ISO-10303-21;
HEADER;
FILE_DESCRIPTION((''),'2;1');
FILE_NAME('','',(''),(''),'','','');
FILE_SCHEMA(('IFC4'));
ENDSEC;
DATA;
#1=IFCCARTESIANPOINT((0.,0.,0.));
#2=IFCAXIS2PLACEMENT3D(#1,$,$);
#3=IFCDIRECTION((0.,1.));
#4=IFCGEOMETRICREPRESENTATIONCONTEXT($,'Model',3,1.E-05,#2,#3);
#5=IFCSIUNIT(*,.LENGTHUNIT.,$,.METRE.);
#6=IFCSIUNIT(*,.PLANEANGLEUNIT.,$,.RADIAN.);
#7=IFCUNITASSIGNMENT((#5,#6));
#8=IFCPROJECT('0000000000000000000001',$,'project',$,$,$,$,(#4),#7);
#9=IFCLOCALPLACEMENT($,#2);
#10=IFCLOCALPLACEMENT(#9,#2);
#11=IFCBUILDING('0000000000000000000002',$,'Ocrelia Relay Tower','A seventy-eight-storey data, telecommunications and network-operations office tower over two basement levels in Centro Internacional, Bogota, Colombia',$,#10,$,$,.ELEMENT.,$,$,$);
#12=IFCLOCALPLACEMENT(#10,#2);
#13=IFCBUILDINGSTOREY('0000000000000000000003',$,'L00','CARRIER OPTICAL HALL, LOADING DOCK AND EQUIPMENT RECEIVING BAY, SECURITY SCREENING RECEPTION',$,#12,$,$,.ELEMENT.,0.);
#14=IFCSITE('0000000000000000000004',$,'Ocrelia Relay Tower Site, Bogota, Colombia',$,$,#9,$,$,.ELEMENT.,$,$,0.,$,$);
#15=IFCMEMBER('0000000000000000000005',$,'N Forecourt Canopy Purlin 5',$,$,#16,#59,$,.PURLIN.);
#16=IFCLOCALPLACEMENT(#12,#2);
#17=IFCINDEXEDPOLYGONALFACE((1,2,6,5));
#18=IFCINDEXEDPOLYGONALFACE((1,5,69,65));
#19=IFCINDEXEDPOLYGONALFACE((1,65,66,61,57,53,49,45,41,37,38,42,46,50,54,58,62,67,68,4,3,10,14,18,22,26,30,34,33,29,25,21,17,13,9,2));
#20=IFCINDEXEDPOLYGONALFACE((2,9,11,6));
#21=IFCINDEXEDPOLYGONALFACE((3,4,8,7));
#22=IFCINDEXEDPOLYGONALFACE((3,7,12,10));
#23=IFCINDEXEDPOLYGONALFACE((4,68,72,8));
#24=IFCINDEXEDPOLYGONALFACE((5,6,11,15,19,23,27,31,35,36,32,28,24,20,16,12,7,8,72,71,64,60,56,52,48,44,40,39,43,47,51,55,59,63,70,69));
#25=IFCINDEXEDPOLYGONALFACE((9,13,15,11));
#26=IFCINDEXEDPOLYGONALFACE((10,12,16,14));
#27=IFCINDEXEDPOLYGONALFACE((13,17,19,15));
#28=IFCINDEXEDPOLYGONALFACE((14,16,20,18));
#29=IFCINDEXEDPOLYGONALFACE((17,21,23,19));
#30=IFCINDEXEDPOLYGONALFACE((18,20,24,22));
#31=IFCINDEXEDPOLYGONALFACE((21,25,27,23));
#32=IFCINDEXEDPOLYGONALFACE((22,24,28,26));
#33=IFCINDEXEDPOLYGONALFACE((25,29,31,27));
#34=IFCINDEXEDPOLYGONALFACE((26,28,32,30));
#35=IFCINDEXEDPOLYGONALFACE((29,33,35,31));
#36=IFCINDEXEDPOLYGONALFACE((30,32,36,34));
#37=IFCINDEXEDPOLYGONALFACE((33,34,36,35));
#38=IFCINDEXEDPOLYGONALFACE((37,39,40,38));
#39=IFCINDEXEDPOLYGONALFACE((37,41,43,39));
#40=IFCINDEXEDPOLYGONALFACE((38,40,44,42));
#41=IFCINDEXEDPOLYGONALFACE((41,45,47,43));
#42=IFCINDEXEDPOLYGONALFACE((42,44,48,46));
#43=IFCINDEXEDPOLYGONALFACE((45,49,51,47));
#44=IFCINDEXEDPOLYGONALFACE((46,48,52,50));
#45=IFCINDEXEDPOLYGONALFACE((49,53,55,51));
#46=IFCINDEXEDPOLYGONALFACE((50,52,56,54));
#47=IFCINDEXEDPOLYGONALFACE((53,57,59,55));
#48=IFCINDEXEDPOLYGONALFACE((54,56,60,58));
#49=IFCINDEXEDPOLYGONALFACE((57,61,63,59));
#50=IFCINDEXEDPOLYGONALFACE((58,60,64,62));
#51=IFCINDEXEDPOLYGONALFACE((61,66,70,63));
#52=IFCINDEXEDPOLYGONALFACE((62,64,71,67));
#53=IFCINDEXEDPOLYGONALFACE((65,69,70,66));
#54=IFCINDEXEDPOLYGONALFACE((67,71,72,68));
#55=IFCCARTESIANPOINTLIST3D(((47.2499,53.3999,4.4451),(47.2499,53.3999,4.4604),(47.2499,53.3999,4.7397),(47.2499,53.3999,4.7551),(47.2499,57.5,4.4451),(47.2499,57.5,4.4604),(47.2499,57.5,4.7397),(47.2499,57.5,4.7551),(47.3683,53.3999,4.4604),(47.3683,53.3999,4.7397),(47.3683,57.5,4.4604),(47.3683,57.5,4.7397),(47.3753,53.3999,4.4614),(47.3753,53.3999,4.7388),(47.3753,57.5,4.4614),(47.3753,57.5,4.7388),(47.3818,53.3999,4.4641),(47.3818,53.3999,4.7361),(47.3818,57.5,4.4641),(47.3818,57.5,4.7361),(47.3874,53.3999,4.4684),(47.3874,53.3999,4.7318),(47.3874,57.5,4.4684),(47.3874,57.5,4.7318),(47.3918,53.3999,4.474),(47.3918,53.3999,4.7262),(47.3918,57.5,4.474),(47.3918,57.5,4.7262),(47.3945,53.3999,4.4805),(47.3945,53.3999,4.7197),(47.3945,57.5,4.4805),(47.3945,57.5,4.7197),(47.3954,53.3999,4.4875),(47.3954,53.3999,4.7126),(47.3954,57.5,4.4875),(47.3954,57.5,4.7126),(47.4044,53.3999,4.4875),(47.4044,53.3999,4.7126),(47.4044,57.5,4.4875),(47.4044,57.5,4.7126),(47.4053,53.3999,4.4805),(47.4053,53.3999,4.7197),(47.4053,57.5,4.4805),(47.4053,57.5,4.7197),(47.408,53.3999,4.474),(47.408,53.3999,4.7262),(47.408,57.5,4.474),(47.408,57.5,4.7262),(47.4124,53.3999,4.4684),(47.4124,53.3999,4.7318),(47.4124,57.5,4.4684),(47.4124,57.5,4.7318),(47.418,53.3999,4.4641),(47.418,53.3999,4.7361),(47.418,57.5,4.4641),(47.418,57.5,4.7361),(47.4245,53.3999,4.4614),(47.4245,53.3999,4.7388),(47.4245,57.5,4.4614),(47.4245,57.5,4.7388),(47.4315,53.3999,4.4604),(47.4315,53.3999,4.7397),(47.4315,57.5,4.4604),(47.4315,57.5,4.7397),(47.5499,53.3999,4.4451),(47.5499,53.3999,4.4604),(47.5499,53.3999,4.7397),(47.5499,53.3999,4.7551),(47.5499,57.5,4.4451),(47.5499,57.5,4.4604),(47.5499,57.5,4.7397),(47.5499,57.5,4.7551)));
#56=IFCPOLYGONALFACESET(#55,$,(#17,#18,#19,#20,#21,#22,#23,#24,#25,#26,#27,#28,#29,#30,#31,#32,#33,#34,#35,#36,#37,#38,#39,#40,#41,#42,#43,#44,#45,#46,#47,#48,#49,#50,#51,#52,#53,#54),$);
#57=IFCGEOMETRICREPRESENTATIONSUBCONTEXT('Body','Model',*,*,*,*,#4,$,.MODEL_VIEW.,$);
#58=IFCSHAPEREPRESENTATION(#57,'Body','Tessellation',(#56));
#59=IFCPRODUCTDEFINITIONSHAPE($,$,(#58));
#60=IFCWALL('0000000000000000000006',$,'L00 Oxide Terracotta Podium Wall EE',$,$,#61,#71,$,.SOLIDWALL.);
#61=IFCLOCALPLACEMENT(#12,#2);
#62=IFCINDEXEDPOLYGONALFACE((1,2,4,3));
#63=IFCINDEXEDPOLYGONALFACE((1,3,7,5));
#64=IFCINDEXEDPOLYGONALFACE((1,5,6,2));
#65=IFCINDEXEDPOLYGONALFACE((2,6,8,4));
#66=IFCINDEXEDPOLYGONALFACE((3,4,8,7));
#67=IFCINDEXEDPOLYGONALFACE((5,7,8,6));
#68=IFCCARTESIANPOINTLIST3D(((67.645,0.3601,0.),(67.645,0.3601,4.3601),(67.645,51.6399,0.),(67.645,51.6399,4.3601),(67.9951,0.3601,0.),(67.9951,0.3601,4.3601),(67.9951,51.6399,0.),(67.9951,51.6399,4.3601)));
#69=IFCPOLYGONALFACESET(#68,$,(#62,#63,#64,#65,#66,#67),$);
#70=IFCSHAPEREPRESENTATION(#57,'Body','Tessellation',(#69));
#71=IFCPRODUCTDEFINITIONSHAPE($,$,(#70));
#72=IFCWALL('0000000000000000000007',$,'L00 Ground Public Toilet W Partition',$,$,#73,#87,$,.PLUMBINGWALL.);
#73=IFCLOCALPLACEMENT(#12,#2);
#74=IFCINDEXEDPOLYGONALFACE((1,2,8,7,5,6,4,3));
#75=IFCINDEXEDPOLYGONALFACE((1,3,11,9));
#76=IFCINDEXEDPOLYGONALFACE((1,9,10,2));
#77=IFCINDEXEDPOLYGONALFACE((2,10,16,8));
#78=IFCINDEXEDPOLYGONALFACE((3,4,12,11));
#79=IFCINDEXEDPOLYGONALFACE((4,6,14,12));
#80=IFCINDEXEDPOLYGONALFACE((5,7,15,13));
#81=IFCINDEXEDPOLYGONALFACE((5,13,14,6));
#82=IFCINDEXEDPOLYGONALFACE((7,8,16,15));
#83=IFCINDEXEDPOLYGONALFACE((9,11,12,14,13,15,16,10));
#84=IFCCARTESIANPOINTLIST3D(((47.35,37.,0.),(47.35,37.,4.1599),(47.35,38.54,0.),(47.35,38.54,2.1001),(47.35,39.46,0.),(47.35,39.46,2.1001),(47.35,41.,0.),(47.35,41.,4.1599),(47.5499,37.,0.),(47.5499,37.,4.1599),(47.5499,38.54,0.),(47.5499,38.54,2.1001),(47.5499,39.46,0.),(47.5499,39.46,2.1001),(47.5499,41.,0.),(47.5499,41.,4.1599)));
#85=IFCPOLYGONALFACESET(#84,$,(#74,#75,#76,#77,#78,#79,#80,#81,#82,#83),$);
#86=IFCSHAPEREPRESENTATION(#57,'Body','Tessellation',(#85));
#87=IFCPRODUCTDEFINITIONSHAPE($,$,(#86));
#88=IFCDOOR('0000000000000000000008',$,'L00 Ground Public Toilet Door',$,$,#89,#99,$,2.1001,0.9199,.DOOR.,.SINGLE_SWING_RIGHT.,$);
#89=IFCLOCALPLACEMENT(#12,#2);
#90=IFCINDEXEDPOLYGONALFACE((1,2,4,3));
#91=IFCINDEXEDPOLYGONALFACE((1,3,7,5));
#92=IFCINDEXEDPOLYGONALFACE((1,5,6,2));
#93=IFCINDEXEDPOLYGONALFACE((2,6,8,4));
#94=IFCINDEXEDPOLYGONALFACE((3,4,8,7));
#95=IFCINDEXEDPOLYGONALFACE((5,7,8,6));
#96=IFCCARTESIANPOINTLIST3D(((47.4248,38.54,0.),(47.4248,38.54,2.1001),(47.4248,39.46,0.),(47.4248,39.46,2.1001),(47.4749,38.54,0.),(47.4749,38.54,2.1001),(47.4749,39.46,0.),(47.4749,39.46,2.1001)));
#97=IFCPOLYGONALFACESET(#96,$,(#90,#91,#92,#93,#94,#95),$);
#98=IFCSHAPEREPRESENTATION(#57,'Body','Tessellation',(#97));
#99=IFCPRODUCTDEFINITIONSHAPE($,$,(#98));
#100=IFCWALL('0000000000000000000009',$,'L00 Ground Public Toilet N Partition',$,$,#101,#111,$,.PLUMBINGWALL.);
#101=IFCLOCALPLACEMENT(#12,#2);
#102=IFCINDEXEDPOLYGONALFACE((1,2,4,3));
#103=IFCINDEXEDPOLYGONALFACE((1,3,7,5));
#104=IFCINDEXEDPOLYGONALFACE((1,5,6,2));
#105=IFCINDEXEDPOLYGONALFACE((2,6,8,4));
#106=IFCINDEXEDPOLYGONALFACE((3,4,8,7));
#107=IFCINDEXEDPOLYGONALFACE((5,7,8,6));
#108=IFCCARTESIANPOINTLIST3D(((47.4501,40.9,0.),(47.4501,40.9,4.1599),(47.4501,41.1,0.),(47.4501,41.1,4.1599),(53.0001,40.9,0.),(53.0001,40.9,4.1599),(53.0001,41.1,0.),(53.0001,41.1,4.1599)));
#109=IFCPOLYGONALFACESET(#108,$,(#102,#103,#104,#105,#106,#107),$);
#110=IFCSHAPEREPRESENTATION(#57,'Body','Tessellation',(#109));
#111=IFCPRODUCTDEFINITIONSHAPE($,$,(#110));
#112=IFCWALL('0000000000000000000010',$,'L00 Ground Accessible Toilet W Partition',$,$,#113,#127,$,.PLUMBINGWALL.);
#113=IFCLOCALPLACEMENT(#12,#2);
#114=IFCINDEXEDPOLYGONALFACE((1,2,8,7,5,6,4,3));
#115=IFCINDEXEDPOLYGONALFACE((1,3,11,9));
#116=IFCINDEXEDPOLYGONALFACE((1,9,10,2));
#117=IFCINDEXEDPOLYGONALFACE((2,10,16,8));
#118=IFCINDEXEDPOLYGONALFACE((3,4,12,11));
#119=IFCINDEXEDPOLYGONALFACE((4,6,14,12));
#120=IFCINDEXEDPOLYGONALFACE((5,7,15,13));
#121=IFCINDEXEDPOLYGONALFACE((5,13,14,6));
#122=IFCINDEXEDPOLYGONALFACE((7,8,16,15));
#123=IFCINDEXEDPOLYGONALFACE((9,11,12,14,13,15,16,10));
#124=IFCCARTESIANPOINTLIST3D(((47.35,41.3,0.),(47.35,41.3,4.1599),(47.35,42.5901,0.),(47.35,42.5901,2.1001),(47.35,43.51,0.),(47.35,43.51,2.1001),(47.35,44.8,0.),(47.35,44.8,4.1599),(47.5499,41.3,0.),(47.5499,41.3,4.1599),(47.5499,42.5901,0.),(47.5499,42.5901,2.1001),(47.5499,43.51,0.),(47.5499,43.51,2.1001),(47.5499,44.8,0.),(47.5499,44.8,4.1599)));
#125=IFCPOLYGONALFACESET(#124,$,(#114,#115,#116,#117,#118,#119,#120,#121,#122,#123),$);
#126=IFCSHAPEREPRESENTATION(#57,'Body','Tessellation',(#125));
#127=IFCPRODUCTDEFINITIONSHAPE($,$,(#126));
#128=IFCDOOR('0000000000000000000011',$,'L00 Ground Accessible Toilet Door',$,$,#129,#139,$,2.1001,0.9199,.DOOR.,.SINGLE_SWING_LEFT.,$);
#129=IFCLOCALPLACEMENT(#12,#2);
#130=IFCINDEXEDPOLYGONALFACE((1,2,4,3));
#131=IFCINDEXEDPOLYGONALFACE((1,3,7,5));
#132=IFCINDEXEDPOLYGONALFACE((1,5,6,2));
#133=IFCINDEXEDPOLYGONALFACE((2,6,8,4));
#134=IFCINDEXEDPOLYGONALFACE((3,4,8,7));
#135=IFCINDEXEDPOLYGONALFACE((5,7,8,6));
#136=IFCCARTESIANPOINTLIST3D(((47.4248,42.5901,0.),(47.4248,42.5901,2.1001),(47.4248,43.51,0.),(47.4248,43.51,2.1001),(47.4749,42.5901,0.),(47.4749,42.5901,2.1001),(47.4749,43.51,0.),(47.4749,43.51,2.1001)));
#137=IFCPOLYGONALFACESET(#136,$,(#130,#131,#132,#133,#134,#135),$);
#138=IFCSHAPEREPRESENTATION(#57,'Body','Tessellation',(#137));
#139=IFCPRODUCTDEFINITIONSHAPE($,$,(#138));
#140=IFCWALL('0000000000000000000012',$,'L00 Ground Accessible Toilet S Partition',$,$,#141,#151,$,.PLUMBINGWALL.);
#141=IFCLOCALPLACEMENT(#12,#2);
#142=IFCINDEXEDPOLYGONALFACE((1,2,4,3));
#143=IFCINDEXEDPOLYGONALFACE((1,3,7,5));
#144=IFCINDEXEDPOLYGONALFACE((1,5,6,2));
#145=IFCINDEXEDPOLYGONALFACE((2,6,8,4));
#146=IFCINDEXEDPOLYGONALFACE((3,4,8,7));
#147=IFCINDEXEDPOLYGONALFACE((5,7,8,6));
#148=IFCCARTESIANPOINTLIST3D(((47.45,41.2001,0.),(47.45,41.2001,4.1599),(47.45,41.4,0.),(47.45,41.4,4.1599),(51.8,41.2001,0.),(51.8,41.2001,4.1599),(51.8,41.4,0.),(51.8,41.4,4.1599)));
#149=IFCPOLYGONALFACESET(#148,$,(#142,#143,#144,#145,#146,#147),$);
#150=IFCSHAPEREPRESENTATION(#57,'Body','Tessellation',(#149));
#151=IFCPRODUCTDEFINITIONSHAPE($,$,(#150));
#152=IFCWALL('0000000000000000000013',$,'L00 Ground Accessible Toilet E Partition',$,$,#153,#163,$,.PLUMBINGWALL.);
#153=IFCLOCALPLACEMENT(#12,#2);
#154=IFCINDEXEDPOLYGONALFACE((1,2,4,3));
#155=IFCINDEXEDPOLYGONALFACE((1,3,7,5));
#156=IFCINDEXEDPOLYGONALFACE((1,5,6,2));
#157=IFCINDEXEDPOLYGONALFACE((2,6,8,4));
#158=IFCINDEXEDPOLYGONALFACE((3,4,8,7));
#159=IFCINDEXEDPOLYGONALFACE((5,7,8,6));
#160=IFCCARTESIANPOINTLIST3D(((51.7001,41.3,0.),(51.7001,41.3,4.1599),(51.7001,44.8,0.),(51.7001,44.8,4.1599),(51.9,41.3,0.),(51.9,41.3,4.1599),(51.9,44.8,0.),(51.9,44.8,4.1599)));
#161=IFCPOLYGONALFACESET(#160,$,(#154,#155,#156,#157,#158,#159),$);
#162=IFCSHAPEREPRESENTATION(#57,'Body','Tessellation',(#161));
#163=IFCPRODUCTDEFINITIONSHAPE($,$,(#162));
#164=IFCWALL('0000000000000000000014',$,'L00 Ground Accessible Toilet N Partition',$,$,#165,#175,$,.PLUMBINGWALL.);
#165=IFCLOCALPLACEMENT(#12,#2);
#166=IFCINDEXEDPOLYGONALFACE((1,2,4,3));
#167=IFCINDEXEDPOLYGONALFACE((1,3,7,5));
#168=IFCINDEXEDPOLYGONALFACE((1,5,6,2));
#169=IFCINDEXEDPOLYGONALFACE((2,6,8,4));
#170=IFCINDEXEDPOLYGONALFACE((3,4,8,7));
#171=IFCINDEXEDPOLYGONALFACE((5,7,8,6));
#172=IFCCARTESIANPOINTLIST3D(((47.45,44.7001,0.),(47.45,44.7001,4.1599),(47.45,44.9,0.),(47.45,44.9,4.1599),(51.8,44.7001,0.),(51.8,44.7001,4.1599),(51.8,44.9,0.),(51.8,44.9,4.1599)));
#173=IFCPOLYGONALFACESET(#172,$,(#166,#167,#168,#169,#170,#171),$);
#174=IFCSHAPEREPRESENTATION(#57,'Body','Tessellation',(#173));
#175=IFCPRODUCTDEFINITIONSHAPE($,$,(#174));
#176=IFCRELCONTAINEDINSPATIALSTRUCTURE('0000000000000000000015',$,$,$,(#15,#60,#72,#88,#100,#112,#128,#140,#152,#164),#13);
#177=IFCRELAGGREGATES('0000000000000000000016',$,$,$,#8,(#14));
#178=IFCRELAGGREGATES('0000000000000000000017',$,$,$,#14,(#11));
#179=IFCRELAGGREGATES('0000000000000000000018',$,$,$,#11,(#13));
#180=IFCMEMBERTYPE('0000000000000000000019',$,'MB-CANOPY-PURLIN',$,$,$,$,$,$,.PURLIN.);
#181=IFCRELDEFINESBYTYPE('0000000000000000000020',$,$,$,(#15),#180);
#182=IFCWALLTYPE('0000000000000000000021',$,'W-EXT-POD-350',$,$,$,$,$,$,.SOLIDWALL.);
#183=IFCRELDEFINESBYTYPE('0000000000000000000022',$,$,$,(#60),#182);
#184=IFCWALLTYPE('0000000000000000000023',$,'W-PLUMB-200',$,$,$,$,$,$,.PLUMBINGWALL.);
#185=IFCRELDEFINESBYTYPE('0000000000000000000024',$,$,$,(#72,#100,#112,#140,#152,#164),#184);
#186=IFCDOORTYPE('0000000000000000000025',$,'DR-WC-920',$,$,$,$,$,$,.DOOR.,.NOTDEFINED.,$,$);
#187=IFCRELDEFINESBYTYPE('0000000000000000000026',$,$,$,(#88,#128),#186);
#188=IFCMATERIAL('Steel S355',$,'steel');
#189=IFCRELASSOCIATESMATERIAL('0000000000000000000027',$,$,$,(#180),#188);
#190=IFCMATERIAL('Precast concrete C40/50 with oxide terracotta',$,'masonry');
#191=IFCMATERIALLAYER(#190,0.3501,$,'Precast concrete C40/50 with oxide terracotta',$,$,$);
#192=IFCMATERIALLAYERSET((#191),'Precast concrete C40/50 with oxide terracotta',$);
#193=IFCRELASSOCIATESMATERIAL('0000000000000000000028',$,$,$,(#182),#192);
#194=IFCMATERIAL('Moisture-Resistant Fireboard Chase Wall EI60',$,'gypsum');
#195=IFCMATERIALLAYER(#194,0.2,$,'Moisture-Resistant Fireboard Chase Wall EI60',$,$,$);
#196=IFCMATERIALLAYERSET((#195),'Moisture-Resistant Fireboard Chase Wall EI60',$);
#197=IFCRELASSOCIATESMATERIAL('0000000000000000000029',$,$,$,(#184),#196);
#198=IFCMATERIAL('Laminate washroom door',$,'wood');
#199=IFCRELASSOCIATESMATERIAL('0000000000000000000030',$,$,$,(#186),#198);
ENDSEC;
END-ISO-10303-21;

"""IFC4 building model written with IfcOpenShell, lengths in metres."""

from ifc_helpers import new_model, si_unit, direction, frame, frame_2d, origin, origin_2d, place, context, subcontext, project, spatial, rectangle, i_section, extrude, material, layer, layer_set, material_profile, profile_set, type_object, element, fill, save


model = new_model("IFC4")

# Units and contexts
model_context = context("Model", 3, precision=1e-05, world=origin(), true_north=direction((0.0, 1.0)))
body_context = subcontext(model_context, "Body", "Model", "MODEL_VIEW")
ifc_project = project(units=[si_unit("LENGTHUNIT", "METRE"), si_unit("PLANEANGLEUNIT", "RADIAN")], contexts=[model_context])

# Site, building, storey
site_placement = place(None, origin())
site = spatial("IfcSite", under=ifc_project, at=site_placement, Name="Ocrelia Relay Tower Site, Bogota, Colombia", CompositionType="ELEMENT", RefElevation=0.0)
building_placement = place(site_placement, origin())
building = spatial("IfcBuilding", under=site, at=building_placement, Name="Ocrelia Relay Tower", Description="A seventy-eight-storey data, telecommunications and network-operations office tower over two basement levels in Centro Internacional, Bogota, Colombia", CompositionType="ELEMENT")
storey_placement = place(building_placement, origin())
storey = spatial("IfcBuildingStorey", under=building, at=storey_placement, Name="L00", Description="CARRIER OPTICAL HALL, LOADING DOCK AND EQUIPMENT RECEIVING BAY, SECURITY SCREENING RECEPTION", CompositionType="ELEMENT", Elevation=0.0)

# Shared definitions
ifc_material_1 = material(Name="Steel S355", Category="steel")

# Member
ifc_material_profile_1 = material_profile(ifc_material_1, i_section(OverallWidth=0.3, OverallDepth=0.3101, WebThickness=0.009, FlangeThickness=0.0154, FilletRadius=0.0271, at=origin_2d()), Name="HEA 320")
ifc_profile_set_1 = profile_set([ifc_material_profile_1], Name="Steel S355")
member_type = type_object("IfcMemberType", Name="MB-CANOPY-PURLIN", PredefinedType="PURLIN", material=ifc_profile_set_1)
member_placement = place(storey_placement, frame((47.3999, 53.3999, 4.6001), z_axis=(0.0, 1.0, 0.0), x_axis=(-1.0, 0.0, 0.0)))
element("IfcMember", 1, at=member_placement, inside=storey, type_object=member_type, Name="N Forecourt Canopy Purlin 5", PredefinedType="PURLIN", context=body_context, shape_type="SweptSolid", body=[
    extrude(i_section(OverallWidth=0.3, OverallDepth=0.3101, WebThickness=0.009, FlangeThickness=0.0154, FilletRadius=0.0271, at=origin_2d()), origin(), (0.0, 0.0, 1.0), 4.1001),
])

# Wall
ifc_material_2 = material(Name="Precast concrete C40/50 with oxide terracotta", Category="masonry")
ifc_layer_1 = layer(ifc_material_2, 0.3501, Name="Precast concrete C40/50 with oxide terracotta")
ifc_layer_set_1 = layer_set([ifc_layer_1], Name="Precast concrete C40/50 with oxide terracotta")
wall_type_1 = type_object("IfcWallType", Name="W-EXT-POD-350", PredefinedType="SOLIDWALL", material=ifc_layer_set_1)
wall_1_placement = place(storey_placement, frame((67.8201, 51.6399, 0.0), z_axis=(0.0, 0.0, 1.0), x_axis=(0.0, -1.0, 0.0)))
element("IfcWall", 2, at=wall_1_placement, inside=storey, type_object=wall_type_1, Name="L00 Oxide Terracotta Podium Wall EE", PredefinedType="SOLIDWALL", context=body_context, shape_type="SweptSolid", body=[
    extrude(rectangle(XDim=51.2798, YDim=0.3501, at=frame_2d((25.6399, 0.0))), origin(), (0.0, 0.0, 1.0), 4.3601),
])

# Wall, opening, door
ifc_material_3 = material(Name="Moisture-Resistant Fireboard Chase Wall EI60", Category="gypsum")
ifc_layer_2 = layer(ifc_material_3, 0.2, Name="Moisture-Resistant Fireboard Chase Wall EI60")
ifc_layer_set_2 = layer_set([ifc_layer_2], Name="Moisture-Resistant Fireboard Chase Wall EI60")
wall_type_2 = type_object("IfcWallType", Name="W-PLUMB-200", PredefinedType="PLUMBINGWALL", material=ifc_layer_set_2)
wall_2_placement = place(storey_placement, frame((47.45, 41.0, 0.0), z_axis=(0.0, 0.0, 1.0), x_axis=(0.0, -1.0, 0.0)))
wall_2 = element("IfcWall", 3, at=wall_2_placement, inside=storey, type_object=wall_type_2, Name="L00 Ground Public Toilet W Partition", PredefinedType="PLUMBINGWALL", context=body_context, shape_type="SweptSolid", body=[
    extrude(rectangle(XDim=4.0, YDim=0.2, at=frame_2d((2.0, 0.0))), origin(), (0.0, 0.0, 1.0), 4.1599),
])
opening_1_placement = place(wall_2_placement, frame((1.54, 0.0, 0.0)))
opening_1 = element("IfcOpeningElement", 4, at=opening_1_placement, cuts=wall_2, PredefinedType="OPENING", context=body_context, shape_type="SweptSolid", body=[
    extrude(rectangle(XDim=0.9199, YDim=2.1001, at=frame_2d((0.46, 1.05))), frame((0.0, 0.1099, 0.0), z_axis=(0.0, -1.0, 0.0), x_axis=(1.0, 0.0, 0.0)), (0.0, 0.0, 1.0), 0.22),
])
ifc_material_4 = material(Name="Laminate washroom door", Category="wood")
door_type_1 = type_object("IfcDoorType", Name="DR-WC-920", OperationType="NOTDEFINED", PredefinedType="DOOR", material=ifc_material_4)
door_1_placement = place(opening_1_placement, origin())
door_1 = element("IfcDoor", 5, at=door_1_placement, inside=storey, type_object=door_type_1, Name="L00 Ground Public Toilet Door", OperationType="SINGLE_SWING_RIGHT", OverallHeight=2.1001, OverallWidth=0.9199, PredefinedType="DOOR", context=body_context, shape_type="SweptSolid", body=[
    extrude(rectangle(XDim=0.9199, YDim=2.1001, at=frame_2d((0.46, 1.05))), frame((0.0, 0.0249, 0.0), z_axis=(0.0, -1.0, 0.0), x_axis=(1.0, 0.0, 0.0)), (0.0, 0.0, 1.0), 0.05),
])
fill(opening_1, door_1)

# Wall
wall_3_placement = place(storey_placement, frame((53.0, 41.0, 0.0), z_axis=(0.0, 0.0, 1.0), x_axis=(-1.0, 0.0, 0.0)))
element("IfcWall", 6, at=wall_3_placement, inside=storey, type_object=wall_type_2, Name="L00 Ground Public Toilet N Partition", PredefinedType="PLUMBINGWALL", context=body_context, shape_type="SweptSolid", body=[
    extrude(rectangle(XDim=5.55, YDim=0.2, at=frame_2d((2.7749, 0.0))), origin(), (0.0, 0.0, 1.0), 4.1599),
])

# Wall, opening, door
wall_4_placement = place(storey_placement, frame((47.45, 44.8, 0.0), z_axis=(0.0, 0.0, 1.0), x_axis=(0.0, -1.0, 0.0)))
wall_4 = element("IfcWall", 7, at=wall_4_placement, inside=storey, type_object=wall_type_2, Name="L00 Ground Accessible Toilet W Partition", PredefinedType="PLUMBINGWALL", context=body_context, shape_type="SweptSolid", body=[
    extrude(rectangle(XDim=3.5, YDim=0.2, at=frame_2d((1.75, 0.0))), origin(), (0.0, 0.0, 1.0), 4.1599),
])
opening_2_placement = place(wall_4_placement, frame((1.29, 0.0, 0.0)))
opening_2 = element("IfcOpeningElement", 8, at=opening_2_placement, cuts=wall_4, PredefinedType="OPENING", context=body_context, shape_type="SweptSolid", body=[
    extrude(rectangle(XDim=0.9199, YDim=2.1001, at=frame_2d((0.46, 1.05))), frame((0.0, 0.1099, 0.0), z_axis=(0.0, -1.0, 0.0), x_axis=(1.0, 0.0, 0.0)), (0.0, 0.0, 1.0), 0.22),
])
door_2_placement = place(opening_2_placement, origin())
door_2 = element("IfcDoor", 9, at=door_2_placement, inside=storey, type_object=door_type_1, Name="L00 Ground Accessible Toilet Door", OperationType="SINGLE_SWING_LEFT", OverallHeight=2.1001, OverallWidth=0.9199, PredefinedType="DOOR", context=body_context, shape_type="SweptSolid", body=[
    extrude(rectangle(XDim=0.9199, YDim=2.1001, at=frame_2d((0.46, 1.05))), frame((0.0, 0.0249, 0.0), z_axis=(0.0, -1.0, 0.0), x_axis=(1.0, 0.0, 0.0)), (0.0, 0.0, 1.0), 0.05),
])
fill(opening_2, door_2)

# Walls
wall_5_placement = place(storey_placement, frame((47.45, 41.3, 0.0), z_axis=(0.0, 0.0, 1.0), x_axis=(1.0, 0.0, 0.0)))
element("IfcWall", 10, at=wall_5_placement, inside=storey, type_object=wall_type_2, Name="L00 Ground Accessible Toilet S Partition", PredefinedType="PLUMBINGWALL", context=body_context, shape_type="SweptSolid", body=[
    extrude(rectangle(XDim=4.3501, YDim=0.2, at=frame_2d((2.175, 0.0))), origin(), (0.0, 0.0, 1.0), 4.1599),
])
wall_6_placement = place(storey_placement, frame((51.8, 41.3, 0.0), z_axis=(0.0, 0.0, 1.0), x_axis=(0.0, 1.0, 0.0)))
element("IfcWall", 11, at=wall_6_placement, inside=storey, type_object=wall_type_2, Name="L00 Ground Accessible Toilet E Partition", PredefinedType="PLUMBINGWALL", context=body_context, shape_type="SweptSolid", body=[
    extrude(rectangle(XDim=3.5, YDim=0.2, at=frame_2d((1.75, 0.0))), origin(), (0.0, 0.0, 1.0), 4.1599),
])
wall_7_placement = place(storey_placement, frame((51.8, 44.8, 0.0), z_axis=(0.0, 0.0, 1.0), x_axis=(-1.0, 0.0, 0.0)))
element("IfcWall", 12, at=wall_7_placement, inside=storey, type_object=wall_type_2, Name="L00 Ground Accessible Toilet N Partition", PredefinedType="PLUMBINGWALL", context=body_context, shape_type="SweptSolid", body=[
    extrude(rectangle(XDim=4.3501, YDim=0.2, at=frame_2d((2.175, 0.0))), origin(), (0.0, 0.0, 1.0), 4.1599),
])

save(model, "model.ifc")
